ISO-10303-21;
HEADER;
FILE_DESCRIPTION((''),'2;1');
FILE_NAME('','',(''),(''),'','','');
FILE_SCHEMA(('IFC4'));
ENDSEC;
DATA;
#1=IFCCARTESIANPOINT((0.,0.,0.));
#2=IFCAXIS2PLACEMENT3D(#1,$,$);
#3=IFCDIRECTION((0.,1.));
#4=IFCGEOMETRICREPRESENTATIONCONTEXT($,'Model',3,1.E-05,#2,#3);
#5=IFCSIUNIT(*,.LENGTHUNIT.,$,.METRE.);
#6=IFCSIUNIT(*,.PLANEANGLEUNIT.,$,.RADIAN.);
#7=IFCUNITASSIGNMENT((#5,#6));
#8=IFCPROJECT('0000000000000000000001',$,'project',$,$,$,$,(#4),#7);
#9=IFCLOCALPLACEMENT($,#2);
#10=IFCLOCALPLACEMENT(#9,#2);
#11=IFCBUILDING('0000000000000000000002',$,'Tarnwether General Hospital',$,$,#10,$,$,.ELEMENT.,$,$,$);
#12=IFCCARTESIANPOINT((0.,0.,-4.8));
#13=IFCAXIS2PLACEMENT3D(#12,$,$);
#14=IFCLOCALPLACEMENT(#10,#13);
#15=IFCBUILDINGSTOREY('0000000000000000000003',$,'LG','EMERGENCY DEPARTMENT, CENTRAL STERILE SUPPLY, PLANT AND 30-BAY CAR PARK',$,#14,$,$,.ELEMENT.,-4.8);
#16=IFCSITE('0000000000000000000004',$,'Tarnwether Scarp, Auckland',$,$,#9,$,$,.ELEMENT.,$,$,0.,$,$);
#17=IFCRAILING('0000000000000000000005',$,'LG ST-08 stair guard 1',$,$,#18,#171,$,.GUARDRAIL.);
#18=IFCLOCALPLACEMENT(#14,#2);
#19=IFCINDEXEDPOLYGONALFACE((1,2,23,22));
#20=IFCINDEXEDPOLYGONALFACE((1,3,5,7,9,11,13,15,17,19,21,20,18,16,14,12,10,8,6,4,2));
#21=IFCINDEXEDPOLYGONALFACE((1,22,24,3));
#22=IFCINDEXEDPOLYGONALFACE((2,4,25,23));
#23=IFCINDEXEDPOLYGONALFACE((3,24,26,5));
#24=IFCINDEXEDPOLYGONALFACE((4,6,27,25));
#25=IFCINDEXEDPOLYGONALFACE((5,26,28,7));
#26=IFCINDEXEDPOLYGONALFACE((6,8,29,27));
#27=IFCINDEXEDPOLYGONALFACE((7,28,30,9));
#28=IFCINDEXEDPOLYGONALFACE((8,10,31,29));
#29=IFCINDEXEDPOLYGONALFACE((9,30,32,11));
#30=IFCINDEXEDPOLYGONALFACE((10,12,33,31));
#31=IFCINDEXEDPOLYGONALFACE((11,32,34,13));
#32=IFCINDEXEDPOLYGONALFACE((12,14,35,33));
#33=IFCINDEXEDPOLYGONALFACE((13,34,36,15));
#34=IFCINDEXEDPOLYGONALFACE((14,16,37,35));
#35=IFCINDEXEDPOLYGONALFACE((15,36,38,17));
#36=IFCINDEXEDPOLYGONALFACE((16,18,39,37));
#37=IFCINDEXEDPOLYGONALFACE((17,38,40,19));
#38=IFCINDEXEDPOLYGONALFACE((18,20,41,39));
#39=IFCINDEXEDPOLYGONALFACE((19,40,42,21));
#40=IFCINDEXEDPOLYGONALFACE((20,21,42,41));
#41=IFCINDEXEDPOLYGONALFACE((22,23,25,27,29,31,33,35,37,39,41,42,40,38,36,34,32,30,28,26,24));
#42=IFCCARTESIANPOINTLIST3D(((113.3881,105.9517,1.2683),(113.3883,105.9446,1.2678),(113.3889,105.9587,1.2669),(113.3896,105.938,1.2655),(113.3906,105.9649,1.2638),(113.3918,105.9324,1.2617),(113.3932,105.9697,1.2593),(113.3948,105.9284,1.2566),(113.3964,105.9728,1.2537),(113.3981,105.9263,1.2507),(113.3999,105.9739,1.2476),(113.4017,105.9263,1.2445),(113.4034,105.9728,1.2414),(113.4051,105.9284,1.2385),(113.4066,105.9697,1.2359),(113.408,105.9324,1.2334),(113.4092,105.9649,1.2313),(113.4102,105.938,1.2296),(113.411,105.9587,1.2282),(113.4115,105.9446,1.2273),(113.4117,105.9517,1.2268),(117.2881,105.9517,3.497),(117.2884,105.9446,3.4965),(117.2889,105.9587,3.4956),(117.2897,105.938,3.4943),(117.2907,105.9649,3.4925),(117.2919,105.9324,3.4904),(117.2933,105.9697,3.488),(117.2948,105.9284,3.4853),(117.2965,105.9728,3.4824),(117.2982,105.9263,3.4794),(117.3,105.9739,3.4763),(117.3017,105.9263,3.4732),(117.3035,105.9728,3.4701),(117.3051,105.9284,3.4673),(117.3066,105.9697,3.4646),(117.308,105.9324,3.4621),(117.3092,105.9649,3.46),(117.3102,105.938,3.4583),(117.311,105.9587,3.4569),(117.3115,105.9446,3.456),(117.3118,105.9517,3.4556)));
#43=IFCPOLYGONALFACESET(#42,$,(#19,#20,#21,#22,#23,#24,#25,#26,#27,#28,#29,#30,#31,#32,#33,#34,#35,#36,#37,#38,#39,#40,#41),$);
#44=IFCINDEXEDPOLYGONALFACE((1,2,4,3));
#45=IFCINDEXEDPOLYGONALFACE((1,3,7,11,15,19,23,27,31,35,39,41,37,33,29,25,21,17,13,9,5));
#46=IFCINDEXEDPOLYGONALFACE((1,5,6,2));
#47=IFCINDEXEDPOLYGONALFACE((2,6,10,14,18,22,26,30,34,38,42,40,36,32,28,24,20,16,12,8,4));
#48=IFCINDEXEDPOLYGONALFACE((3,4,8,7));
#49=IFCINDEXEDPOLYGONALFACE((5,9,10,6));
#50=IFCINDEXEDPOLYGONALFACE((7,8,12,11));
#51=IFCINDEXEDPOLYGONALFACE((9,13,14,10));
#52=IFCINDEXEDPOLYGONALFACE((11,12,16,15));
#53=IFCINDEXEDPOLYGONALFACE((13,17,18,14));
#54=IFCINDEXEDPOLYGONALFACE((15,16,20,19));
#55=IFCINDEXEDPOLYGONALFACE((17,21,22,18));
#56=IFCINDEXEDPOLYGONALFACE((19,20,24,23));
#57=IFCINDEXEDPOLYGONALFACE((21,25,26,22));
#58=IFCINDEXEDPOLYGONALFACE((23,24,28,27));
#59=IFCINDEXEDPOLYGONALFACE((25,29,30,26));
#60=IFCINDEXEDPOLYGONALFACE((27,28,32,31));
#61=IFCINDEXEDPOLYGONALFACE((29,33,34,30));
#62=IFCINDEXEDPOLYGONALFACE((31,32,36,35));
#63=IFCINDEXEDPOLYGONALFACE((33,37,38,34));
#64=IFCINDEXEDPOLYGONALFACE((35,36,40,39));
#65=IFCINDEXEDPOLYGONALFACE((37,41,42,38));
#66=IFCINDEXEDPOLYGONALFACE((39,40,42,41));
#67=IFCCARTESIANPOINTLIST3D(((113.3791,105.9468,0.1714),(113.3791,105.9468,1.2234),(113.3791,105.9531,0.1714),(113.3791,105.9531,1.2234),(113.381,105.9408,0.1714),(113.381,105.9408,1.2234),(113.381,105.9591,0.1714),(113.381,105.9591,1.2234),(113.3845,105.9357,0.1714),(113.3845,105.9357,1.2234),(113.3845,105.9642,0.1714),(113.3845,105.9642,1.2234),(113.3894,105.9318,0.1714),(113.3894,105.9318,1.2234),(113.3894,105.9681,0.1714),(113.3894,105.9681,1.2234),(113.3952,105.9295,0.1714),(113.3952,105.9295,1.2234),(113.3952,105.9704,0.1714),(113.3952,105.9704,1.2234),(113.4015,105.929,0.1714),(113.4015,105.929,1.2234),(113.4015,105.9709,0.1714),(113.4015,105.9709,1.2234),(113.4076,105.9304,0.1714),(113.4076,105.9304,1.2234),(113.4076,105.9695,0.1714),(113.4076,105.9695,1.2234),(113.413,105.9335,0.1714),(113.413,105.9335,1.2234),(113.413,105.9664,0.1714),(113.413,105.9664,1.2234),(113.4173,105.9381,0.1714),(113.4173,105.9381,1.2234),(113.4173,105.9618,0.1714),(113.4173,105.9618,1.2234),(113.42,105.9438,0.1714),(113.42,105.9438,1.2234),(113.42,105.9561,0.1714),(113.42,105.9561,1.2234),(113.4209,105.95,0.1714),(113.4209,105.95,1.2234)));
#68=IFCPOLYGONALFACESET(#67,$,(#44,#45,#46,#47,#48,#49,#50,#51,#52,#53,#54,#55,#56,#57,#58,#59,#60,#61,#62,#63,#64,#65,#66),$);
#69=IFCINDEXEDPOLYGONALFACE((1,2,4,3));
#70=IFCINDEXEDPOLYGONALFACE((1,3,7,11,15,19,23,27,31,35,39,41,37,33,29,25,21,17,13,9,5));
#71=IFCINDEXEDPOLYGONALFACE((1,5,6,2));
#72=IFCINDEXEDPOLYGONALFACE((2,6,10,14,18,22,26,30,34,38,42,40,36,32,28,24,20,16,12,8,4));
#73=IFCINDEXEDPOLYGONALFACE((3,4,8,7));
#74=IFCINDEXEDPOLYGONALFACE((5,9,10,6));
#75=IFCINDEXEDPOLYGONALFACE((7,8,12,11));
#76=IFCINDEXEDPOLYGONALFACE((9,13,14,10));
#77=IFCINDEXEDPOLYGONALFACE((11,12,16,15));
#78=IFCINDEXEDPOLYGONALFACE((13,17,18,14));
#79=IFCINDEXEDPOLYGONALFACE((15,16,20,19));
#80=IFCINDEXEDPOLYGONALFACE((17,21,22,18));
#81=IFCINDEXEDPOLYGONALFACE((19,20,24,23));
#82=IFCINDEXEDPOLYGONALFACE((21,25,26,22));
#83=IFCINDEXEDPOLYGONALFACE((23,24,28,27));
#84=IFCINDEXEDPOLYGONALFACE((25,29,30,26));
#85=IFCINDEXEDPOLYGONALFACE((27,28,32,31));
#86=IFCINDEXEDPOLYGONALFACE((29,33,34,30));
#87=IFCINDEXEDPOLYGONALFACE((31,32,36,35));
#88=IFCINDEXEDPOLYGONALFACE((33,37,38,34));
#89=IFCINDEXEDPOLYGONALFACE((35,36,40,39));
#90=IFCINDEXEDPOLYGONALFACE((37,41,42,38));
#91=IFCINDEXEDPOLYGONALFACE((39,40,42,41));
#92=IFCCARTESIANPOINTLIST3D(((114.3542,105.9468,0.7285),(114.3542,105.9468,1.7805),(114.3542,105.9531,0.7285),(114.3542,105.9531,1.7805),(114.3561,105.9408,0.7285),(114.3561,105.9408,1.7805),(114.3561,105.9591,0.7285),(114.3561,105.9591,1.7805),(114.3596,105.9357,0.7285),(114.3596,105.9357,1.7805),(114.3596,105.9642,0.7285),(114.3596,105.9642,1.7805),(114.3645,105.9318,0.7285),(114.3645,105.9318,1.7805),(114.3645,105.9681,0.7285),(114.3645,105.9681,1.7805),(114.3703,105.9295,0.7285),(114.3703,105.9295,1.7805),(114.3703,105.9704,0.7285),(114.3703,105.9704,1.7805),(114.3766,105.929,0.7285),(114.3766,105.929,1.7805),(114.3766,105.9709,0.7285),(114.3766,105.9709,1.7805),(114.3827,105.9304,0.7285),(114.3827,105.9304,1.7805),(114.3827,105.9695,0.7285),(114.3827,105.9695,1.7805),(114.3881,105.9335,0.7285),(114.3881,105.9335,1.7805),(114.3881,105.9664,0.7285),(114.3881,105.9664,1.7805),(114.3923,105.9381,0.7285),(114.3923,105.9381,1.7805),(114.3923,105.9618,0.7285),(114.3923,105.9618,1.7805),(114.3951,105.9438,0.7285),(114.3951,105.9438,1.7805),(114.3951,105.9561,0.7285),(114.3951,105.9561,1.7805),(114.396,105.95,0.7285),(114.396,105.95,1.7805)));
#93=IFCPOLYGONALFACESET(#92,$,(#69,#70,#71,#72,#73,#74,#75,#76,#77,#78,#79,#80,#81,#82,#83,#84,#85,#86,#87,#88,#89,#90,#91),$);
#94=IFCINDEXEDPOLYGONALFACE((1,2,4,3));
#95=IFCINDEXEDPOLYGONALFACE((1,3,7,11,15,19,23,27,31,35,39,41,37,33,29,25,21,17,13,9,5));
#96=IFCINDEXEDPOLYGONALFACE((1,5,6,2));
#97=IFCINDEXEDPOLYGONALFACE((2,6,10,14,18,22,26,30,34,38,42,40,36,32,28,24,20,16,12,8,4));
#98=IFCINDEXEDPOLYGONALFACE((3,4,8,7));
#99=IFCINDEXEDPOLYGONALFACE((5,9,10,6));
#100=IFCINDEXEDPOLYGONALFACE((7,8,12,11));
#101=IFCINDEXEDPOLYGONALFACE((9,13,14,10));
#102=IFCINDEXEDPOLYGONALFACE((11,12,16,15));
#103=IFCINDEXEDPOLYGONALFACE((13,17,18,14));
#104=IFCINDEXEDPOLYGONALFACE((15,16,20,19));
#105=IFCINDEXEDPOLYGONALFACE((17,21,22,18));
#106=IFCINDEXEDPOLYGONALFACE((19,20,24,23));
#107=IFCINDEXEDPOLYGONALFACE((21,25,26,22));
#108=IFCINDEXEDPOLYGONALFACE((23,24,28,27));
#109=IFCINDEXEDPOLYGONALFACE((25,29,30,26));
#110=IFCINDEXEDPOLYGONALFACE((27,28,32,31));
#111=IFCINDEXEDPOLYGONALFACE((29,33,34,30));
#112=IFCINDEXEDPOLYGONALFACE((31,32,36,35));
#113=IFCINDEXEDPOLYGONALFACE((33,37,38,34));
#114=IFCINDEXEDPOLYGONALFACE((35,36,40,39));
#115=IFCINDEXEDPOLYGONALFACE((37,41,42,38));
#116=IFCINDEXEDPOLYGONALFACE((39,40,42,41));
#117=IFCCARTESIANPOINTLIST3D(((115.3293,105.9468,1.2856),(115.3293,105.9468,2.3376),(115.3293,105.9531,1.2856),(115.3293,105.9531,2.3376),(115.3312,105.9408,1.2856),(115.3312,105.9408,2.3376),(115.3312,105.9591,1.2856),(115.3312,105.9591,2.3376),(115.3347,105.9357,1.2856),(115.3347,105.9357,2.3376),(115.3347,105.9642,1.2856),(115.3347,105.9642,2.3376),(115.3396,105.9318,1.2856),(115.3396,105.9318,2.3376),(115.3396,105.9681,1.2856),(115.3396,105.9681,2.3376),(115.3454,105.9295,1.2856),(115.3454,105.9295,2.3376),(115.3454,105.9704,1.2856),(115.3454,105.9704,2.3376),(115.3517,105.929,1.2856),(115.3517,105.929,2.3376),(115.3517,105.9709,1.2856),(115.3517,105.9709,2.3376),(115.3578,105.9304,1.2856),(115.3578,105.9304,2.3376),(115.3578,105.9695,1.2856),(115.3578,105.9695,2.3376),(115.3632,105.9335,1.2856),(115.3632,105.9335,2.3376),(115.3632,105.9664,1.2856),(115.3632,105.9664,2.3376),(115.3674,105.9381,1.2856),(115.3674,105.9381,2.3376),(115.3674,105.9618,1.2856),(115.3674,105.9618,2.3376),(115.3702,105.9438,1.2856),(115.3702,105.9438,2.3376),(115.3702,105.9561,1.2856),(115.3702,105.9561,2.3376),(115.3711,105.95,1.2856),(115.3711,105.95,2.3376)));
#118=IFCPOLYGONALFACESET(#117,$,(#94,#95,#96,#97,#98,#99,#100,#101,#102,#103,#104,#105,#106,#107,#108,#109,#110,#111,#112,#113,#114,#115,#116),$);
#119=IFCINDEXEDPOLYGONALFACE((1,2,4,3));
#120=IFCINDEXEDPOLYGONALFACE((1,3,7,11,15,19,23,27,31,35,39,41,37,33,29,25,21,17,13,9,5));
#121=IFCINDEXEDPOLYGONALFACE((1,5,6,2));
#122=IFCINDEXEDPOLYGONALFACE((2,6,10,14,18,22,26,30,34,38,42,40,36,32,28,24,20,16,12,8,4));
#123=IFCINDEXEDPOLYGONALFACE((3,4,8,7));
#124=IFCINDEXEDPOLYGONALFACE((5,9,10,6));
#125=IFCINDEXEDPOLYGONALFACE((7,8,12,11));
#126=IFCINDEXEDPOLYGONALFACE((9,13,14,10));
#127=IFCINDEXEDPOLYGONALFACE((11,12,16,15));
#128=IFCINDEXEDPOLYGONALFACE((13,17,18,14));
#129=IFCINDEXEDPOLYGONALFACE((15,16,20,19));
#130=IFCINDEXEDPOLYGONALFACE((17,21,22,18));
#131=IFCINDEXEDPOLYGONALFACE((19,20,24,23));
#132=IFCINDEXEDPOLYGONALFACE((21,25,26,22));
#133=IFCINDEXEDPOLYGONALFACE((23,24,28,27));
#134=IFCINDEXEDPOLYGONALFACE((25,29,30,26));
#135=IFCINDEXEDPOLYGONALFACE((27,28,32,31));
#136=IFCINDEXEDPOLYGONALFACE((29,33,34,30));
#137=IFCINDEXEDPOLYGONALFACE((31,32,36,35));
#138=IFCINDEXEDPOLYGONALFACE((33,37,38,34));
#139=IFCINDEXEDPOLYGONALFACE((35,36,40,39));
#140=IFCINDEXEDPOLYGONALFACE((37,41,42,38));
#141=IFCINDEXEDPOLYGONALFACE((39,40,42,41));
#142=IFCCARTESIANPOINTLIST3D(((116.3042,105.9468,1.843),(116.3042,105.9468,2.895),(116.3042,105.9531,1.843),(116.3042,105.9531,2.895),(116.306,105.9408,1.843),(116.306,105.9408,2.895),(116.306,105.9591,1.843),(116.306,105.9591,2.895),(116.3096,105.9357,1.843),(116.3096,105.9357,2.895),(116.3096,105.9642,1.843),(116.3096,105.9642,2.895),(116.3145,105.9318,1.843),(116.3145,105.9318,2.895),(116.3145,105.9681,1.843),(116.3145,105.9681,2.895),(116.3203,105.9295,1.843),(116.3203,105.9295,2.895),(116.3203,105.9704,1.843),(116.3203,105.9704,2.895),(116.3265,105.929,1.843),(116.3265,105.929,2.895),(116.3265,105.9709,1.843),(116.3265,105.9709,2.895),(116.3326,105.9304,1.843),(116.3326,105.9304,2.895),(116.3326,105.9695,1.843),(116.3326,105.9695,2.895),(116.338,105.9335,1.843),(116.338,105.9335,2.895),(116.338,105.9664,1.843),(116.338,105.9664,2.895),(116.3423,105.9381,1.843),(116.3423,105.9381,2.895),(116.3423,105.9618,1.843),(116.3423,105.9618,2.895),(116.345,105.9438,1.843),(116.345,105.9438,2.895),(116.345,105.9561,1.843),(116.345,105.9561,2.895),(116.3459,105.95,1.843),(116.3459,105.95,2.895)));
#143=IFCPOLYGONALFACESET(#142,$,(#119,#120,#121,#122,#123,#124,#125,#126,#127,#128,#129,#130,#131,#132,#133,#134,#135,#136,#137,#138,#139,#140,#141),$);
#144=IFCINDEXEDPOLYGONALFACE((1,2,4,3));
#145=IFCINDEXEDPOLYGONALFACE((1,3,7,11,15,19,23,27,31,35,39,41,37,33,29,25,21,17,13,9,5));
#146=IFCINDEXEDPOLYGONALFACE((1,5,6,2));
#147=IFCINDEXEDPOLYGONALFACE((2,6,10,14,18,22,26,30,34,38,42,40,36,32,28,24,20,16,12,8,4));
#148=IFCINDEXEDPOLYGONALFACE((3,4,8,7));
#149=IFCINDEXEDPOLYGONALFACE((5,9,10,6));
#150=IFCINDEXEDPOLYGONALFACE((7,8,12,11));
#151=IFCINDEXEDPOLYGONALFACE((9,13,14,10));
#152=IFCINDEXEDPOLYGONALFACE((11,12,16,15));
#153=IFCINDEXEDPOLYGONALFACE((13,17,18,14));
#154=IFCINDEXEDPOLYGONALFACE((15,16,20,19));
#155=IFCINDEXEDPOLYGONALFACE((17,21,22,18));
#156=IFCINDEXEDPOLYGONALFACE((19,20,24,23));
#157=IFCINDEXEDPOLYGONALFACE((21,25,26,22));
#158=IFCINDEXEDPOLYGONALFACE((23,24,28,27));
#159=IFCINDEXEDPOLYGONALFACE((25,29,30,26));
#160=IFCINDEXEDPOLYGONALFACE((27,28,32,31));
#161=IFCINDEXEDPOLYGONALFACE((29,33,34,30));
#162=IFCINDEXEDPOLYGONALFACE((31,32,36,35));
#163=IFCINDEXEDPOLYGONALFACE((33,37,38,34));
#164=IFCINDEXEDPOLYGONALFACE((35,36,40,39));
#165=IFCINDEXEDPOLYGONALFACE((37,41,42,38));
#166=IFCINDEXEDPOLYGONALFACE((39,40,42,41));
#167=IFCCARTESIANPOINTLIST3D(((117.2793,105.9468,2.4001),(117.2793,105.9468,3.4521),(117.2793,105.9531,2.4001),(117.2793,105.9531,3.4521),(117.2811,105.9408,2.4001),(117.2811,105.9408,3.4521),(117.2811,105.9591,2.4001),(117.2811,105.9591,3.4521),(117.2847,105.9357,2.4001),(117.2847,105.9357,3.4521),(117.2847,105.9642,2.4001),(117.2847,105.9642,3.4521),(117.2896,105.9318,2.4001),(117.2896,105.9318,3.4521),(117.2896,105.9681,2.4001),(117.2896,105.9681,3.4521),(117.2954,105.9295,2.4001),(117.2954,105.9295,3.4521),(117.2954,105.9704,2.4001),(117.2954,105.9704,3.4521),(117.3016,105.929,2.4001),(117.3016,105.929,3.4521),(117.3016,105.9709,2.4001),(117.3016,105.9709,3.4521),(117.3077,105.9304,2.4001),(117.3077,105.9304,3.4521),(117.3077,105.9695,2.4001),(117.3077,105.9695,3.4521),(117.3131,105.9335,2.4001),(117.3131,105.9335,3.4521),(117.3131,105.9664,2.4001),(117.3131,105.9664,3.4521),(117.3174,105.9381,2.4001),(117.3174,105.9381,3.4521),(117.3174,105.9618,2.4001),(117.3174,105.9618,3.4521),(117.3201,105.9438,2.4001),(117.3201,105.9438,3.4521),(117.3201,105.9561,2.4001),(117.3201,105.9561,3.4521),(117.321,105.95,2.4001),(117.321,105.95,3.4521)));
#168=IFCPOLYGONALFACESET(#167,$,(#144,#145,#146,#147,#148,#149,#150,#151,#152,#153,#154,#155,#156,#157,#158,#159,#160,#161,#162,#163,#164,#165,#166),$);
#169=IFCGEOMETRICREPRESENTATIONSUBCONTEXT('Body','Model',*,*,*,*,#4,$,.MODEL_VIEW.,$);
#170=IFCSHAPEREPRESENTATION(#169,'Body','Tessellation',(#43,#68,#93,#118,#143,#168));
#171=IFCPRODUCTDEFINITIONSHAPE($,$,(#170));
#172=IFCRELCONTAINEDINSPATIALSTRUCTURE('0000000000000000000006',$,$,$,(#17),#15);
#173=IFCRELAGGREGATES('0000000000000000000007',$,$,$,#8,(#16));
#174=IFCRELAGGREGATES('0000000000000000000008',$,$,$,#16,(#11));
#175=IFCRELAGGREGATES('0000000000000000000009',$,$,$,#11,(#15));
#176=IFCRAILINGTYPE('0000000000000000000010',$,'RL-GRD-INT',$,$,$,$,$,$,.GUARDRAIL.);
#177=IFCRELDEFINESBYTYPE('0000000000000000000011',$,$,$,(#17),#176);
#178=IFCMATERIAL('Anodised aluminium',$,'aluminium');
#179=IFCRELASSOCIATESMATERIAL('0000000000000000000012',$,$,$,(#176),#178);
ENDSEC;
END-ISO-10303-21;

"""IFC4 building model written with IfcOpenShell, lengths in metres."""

from ifc_helpers import new_model, si_unit, direction, frame, origin, origin_2d, place, context, subcontext, project, spatial, circle, extrude, material, type_object, element, save


model = new_model("IFC4")

# Units and contexts
model_context = context("Model", 3, precision=1e-05, world=origin(), true_north=direction((0.0, 1.0)))
body_context = subcontext(model_context, "Body", "Model", "MODEL_VIEW")
ifc_project = project(units=[si_unit("LENGTHUNIT", "METRE"), si_unit("PLANEANGLEUNIT", "RADIAN")], contexts=[model_context])

# Site, building, storey
site_placement = place(None, origin())
site = spatial("IfcSite", under=ifc_project, at=site_placement, Name="Tarnwether Scarp, Auckland", CompositionType="ELEMENT", RefElevation=0.0)
building_placement = place(site_placement, origin())
building = spatial("IfcBuilding", under=site, at=building_placement, Name="Tarnwether General Hospital", CompositionType="ELEMENT")
storey_placement = place(building_placement, frame((0.0, 0.0, -4.8)))
storey = spatial("IfcBuildingStorey", under=building, at=storey_placement, Name="LG", Description="EMERGENCY DEPARTMENT, CENTRAL STERILE SUPPLY, PLANT AND 30-BAY CAR PARK", CompositionType="ELEMENT", Elevation=-4.8)

# Railing
ifc_material_1 = material(Name="Anodised aluminium", Category="aluminium")
railing_type_1 = type_object("IfcRailingType", Name="RL-GRD-INT", PredefinedType="GUARDRAIL", material=ifc_material_1)
railing_1_placement = place(storey_placement, frame((113.3999, 105.95, 0.1714)))
element("IfcRailing", 1, at=railing_1_placement, inside=storey, type_object=railing_type_1, Name="LG ST-08 stair guard 1", PredefinedType="GUARDRAIL", context=body_context, shape_type="SweptSolid", body=[
    extrude(circle(Radius=0.0239, at=origin_2d()), frame((0.0, 0.0, 1.0762), z_axis=(0.868233, 0.0, 0.496156), x_axis=(0.0, 1.0, 0.0)), (0.0, 0.0, 1.0), 4.4919),
    extrude(circle(Radius=0.021, at=origin_2d()), origin(), (0.0, 0.0, 1.0), 1.052),
    extrude(circle(Radius=0.021, at=origin_2d()), frame((0.9751, 0.0, 0.5571)), (0.0, 0.0, 1.0), 1.052),
    extrude(circle(Radius=0.021, at=origin_2d()), frame((1.9502, 0.0, 1.1143)), (0.0, 0.0, 1.0), 1.052),
    extrude(circle(Radius=0.021, at=origin_2d()), frame((2.925, 0.0, 1.6716)), (0.0, 0.0, 1.0), 1.052),
    extrude(circle(Radius=0.021, at=origin_2d()), frame((3.9001, 0.0, 2.2288)), (0.0, 0.0, 1.0), 1.052),
])

save(model, "model.ifc")
